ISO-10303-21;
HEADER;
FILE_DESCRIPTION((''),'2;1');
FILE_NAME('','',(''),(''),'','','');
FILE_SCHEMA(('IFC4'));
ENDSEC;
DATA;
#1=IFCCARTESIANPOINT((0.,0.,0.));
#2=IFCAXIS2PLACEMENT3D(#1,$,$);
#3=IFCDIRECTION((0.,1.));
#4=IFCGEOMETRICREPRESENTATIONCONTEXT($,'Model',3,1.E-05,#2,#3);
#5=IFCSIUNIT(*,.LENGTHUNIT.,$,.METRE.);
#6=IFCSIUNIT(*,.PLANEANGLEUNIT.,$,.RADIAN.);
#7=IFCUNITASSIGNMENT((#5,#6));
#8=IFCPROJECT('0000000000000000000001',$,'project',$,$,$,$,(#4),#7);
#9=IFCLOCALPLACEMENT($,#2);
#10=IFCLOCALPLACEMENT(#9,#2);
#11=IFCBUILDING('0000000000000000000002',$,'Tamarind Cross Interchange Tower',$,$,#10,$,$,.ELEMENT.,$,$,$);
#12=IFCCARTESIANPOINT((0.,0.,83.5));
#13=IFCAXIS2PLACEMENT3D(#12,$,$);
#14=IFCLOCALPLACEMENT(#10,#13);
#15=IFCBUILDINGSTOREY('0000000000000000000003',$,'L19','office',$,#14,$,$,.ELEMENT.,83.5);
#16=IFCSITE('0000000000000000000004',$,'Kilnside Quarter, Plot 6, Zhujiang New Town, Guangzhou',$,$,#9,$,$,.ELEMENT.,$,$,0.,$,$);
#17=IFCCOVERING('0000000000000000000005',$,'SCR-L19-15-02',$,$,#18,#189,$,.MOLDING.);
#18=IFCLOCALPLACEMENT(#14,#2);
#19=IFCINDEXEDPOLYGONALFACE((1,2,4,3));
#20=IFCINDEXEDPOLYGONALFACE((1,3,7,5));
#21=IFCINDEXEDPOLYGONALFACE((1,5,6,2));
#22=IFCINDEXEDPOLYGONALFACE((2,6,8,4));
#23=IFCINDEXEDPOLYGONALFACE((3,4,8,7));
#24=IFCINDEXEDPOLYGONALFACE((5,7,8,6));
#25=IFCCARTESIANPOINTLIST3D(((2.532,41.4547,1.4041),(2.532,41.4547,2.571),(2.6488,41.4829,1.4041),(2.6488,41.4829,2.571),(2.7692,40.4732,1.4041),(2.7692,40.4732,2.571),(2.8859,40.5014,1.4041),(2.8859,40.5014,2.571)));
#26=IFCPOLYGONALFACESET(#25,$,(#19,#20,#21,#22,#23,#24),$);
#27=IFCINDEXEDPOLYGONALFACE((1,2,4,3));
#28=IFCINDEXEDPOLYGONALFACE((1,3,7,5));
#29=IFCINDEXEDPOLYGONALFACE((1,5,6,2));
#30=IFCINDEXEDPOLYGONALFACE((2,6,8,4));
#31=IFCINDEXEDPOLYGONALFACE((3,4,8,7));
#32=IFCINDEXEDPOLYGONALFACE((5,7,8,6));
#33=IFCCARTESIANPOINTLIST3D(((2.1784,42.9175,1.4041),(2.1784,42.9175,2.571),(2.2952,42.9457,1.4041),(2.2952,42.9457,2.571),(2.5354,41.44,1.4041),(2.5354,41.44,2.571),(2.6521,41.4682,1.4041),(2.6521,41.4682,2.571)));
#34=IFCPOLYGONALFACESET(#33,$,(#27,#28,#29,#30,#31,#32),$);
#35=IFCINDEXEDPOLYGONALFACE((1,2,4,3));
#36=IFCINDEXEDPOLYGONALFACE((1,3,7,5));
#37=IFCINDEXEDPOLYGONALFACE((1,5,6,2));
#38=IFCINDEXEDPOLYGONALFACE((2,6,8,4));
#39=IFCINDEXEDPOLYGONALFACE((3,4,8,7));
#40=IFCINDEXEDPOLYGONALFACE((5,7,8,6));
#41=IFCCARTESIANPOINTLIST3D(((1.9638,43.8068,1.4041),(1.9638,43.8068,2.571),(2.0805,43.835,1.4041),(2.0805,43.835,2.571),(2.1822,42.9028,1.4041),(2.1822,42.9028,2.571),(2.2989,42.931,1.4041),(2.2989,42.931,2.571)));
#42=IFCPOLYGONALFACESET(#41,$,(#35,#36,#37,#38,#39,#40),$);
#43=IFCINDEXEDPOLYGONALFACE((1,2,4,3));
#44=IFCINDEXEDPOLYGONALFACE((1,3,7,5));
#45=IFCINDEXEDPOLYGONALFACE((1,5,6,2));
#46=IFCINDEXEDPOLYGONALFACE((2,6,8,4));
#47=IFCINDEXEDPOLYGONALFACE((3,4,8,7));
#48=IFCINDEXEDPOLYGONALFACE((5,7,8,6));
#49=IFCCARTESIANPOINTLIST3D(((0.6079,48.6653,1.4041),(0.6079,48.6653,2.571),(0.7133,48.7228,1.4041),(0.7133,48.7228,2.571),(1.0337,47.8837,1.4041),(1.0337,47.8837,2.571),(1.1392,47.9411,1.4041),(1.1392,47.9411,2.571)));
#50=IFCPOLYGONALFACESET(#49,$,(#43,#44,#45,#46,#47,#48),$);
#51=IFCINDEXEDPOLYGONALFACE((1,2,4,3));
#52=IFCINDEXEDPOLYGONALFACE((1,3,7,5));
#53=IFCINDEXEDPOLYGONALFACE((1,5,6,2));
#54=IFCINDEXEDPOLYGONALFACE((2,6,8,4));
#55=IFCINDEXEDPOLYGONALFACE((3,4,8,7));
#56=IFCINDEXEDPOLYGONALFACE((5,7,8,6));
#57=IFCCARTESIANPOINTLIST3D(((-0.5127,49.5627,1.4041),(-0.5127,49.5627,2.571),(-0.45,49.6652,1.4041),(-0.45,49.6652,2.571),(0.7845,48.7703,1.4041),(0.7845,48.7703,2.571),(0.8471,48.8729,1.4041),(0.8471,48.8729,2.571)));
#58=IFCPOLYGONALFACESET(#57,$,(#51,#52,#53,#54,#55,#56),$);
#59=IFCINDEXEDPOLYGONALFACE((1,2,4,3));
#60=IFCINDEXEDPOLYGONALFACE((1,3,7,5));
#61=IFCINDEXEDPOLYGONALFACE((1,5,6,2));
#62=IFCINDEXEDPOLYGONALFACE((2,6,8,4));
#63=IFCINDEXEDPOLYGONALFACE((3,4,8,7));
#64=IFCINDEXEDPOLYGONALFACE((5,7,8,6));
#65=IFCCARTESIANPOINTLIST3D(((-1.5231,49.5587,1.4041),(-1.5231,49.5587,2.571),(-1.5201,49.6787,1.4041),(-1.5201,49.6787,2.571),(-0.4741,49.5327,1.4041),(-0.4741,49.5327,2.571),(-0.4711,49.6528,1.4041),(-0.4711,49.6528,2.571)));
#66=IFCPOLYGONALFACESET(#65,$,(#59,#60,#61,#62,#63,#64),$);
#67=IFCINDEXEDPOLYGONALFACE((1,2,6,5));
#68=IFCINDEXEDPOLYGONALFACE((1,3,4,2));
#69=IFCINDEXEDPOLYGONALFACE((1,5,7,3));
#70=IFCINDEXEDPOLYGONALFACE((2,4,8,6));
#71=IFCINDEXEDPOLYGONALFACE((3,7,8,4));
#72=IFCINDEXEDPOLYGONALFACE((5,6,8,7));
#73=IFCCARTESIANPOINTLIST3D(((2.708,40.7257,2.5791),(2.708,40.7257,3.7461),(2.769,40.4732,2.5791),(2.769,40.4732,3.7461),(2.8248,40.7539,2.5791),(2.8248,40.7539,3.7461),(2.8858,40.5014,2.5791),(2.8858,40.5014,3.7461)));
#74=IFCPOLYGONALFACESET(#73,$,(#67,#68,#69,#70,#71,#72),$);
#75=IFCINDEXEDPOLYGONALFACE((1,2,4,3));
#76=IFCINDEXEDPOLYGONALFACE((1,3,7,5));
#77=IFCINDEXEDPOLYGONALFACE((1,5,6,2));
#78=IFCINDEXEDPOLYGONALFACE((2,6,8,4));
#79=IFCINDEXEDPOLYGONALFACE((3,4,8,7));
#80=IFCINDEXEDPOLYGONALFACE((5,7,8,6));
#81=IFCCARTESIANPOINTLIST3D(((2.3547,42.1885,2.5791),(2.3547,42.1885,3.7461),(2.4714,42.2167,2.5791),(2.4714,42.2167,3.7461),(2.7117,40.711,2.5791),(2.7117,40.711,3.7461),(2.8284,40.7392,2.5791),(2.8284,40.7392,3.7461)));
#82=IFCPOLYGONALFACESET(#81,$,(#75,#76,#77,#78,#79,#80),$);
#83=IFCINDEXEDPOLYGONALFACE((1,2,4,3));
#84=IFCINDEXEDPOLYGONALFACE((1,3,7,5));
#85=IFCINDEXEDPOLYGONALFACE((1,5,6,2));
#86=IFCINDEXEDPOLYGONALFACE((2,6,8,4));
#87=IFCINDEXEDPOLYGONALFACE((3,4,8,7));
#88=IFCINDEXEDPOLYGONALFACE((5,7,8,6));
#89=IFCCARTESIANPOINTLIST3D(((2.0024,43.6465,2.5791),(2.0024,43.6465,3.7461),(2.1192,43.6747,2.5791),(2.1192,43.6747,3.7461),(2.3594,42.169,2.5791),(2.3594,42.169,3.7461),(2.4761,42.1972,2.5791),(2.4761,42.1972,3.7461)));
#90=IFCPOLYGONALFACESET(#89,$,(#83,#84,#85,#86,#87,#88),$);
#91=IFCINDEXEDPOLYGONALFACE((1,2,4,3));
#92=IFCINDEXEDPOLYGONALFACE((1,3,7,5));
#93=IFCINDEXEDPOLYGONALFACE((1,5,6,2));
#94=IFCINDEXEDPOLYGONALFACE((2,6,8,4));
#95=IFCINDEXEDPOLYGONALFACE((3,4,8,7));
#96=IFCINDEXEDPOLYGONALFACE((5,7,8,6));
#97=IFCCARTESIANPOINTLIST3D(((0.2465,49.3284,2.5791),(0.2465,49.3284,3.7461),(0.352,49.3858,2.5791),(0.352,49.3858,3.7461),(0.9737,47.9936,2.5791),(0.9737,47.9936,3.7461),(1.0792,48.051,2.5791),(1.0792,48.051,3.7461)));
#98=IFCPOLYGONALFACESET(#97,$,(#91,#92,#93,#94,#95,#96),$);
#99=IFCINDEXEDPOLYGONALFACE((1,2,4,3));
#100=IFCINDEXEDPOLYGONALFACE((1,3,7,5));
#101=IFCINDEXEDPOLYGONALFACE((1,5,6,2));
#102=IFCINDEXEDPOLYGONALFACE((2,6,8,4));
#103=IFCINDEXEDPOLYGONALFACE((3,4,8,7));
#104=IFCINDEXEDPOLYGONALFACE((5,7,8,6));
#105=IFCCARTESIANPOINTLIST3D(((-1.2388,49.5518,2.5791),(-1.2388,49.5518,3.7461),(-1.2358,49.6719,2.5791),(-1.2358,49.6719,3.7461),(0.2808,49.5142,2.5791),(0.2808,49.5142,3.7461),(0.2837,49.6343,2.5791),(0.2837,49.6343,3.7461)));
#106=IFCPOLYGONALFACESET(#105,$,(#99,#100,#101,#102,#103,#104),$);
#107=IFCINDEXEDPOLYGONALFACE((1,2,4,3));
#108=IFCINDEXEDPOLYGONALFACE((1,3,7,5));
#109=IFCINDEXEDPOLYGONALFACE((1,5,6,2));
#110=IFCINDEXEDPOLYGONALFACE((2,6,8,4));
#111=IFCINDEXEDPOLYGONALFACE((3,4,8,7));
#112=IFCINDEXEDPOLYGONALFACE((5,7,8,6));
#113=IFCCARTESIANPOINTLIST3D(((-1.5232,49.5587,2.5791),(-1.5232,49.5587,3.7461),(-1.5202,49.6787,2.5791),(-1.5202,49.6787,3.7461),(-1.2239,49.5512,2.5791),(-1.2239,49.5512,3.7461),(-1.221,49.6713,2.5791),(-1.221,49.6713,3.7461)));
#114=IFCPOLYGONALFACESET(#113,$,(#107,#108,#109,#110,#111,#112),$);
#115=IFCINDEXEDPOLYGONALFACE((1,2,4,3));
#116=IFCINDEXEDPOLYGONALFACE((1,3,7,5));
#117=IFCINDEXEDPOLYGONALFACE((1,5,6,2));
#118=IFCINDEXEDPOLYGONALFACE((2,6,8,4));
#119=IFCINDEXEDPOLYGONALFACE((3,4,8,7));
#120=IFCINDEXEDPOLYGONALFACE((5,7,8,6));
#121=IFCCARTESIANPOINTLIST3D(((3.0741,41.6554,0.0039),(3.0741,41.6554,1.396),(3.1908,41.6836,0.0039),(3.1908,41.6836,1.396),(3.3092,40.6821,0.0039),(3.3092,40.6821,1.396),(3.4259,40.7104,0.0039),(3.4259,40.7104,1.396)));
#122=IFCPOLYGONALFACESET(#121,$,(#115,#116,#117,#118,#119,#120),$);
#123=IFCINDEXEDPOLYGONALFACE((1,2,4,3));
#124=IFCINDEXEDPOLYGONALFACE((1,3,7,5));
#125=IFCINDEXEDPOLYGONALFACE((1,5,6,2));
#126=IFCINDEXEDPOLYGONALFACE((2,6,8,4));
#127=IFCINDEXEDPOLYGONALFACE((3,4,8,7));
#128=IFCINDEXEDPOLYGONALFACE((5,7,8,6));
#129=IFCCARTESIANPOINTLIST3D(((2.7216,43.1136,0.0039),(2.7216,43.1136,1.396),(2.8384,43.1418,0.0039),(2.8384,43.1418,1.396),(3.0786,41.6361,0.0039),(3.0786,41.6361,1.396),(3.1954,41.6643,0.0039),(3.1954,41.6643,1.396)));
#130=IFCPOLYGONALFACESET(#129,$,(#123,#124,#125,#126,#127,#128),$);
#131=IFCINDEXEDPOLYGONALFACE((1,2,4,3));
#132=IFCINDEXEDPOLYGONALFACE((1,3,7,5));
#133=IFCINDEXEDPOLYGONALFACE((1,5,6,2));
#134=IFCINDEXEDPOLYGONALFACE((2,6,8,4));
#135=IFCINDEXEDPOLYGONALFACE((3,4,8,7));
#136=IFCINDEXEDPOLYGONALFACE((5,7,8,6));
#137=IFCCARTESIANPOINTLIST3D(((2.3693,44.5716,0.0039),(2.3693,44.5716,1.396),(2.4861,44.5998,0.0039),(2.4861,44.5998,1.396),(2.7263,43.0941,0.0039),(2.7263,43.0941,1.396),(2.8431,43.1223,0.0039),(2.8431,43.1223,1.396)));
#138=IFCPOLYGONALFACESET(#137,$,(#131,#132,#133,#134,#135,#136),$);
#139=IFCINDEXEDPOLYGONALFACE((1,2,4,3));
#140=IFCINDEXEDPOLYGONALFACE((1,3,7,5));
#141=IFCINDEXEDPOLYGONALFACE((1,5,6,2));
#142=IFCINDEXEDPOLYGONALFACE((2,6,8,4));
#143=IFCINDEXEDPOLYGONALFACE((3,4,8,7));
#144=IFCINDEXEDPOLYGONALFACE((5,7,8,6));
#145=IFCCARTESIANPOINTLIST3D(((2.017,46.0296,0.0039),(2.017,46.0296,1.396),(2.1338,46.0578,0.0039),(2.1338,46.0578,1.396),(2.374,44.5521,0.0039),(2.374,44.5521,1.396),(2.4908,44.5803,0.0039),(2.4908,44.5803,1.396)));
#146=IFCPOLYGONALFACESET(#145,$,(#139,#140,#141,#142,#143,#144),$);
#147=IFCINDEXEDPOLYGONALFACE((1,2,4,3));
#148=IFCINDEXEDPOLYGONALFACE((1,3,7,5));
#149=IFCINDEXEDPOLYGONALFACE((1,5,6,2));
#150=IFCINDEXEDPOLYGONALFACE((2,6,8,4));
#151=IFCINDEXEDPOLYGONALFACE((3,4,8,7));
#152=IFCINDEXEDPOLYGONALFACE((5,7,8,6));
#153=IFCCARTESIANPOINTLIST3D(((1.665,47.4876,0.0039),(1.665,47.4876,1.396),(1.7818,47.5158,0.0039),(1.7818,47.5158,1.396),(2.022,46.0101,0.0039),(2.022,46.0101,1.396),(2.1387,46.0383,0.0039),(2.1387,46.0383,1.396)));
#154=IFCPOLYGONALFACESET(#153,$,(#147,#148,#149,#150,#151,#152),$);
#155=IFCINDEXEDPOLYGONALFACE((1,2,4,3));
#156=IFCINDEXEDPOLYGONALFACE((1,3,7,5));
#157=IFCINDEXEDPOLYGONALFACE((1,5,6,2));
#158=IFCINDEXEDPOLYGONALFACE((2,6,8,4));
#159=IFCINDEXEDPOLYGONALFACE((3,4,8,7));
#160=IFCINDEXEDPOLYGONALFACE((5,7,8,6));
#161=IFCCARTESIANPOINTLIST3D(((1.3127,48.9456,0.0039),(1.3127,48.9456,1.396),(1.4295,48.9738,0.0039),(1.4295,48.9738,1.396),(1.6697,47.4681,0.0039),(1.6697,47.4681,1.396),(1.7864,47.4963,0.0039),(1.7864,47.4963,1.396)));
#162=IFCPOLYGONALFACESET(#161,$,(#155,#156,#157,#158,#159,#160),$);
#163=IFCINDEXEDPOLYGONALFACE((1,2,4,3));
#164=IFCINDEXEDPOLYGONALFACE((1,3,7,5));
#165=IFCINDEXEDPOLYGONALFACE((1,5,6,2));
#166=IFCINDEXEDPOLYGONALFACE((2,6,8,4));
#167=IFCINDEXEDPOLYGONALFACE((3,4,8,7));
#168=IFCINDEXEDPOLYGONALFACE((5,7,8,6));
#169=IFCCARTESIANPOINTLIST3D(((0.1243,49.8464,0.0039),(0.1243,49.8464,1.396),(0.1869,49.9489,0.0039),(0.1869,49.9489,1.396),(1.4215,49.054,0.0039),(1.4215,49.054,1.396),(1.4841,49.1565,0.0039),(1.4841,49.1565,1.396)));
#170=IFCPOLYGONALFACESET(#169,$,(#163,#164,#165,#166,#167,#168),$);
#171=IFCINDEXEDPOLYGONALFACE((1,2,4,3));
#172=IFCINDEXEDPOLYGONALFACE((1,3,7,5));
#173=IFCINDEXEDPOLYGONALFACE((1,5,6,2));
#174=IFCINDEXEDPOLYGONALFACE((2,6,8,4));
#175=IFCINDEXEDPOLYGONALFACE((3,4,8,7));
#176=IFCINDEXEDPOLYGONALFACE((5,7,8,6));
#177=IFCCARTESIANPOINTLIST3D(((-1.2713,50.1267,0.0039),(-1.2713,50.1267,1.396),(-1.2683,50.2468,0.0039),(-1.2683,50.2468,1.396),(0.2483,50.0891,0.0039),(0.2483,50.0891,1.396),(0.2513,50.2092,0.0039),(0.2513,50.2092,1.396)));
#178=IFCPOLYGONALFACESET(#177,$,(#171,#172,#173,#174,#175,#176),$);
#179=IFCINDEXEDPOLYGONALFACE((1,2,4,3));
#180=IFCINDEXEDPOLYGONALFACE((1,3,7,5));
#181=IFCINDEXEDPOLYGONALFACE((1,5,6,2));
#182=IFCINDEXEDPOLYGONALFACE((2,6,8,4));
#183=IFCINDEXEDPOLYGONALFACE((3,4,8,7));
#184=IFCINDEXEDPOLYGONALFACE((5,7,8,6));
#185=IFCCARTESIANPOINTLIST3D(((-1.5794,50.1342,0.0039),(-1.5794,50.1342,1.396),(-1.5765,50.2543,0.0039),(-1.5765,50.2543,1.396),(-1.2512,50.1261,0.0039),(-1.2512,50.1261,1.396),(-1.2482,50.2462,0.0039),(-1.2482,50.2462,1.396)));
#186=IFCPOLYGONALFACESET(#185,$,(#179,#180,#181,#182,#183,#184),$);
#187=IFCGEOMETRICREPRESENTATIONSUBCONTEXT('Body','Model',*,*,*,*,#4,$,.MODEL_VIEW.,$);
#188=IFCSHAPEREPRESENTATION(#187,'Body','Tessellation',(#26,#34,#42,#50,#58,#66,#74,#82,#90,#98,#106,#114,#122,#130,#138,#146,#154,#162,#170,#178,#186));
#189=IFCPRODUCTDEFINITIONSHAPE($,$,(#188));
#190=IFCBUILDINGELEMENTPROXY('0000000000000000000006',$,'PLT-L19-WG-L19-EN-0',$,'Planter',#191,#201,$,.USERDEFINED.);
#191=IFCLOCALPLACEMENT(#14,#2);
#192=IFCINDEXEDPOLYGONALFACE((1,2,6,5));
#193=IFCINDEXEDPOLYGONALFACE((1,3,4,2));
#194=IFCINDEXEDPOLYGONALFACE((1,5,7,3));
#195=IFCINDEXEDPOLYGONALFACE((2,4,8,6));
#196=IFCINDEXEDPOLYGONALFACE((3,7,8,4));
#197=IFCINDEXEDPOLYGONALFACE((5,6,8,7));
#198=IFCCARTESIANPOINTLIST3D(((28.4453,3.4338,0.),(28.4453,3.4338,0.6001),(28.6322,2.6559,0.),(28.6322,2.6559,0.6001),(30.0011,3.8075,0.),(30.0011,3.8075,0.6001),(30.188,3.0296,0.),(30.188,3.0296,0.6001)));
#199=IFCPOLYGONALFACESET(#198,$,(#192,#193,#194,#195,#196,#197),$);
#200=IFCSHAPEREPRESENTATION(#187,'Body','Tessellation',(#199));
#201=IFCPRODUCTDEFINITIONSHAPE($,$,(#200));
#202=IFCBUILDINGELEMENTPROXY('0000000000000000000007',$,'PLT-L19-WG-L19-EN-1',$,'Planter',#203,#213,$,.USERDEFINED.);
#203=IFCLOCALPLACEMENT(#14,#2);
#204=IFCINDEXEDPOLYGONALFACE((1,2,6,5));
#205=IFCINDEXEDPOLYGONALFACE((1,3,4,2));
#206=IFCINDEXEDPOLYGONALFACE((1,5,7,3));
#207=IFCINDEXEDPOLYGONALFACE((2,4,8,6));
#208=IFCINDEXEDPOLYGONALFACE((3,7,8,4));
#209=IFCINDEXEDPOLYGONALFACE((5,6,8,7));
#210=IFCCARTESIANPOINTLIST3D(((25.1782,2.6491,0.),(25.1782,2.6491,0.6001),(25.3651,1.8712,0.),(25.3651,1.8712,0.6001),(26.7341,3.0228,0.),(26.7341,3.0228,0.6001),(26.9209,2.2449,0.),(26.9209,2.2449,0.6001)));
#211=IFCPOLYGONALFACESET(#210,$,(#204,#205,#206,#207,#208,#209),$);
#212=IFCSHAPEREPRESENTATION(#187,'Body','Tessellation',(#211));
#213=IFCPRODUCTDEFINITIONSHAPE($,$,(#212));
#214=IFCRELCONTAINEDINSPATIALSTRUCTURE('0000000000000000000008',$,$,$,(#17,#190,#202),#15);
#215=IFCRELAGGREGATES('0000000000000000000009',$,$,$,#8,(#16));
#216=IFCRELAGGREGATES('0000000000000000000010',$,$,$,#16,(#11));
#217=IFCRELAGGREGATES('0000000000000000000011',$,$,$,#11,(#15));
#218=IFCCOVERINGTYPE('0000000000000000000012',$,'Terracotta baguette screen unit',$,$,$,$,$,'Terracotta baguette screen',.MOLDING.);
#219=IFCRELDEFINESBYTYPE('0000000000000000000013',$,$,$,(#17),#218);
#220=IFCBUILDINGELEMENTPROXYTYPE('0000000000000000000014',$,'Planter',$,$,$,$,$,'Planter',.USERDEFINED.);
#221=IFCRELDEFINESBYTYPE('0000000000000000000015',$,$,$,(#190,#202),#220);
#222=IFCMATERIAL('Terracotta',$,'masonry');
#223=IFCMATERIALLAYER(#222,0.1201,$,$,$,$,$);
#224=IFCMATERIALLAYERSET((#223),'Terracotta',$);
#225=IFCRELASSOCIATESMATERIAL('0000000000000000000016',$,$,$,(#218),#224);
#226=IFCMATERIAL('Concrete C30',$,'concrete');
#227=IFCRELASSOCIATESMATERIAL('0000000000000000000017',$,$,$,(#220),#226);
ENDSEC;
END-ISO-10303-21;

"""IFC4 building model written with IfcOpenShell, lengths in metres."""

from ifc_helpers import new_model, si_unit, direction, frame, origin, origin_2d, place, context, subcontext, project, spatial, rectangle, extrude, material, layer, layer_set, type_object, element, save


model = new_model("IFC4")

# Units and contexts
model_context = context("Model", 3, precision=1e-05, world=origin(), true_north=direction((0.0, 1.0)))
body_context = subcontext(model_context, "Body", "Model", "MODEL_VIEW")
ifc_project = project(units=[si_unit("LENGTHUNIT", "METRE"), si_unit("PLANEANGLEUNIT", "RADIAN")], contexts=[model_context])

# Site, building, storey
site_placement = place(None, origin())
site = spatial("IfcSite", under=ifc_project, at=site_placement, Name="Kilnside Quarter, Plot 6, Zhujiang New Town, Guangzhou", CompositionType="ELEMENT", RefElevation=0.0)
building_placement = place(site_placement, origin())
building = spatial("IfcBuilding", under=site, at=building_placement, Name="Tamarind Cross Interchange Tower", CompositionType="ELEMENT")
storey_placement = place(building_placement, frame((0.0, 0.0, 83.5)))
storey = spatial("IfcBuildingStorey", under=building, at=storey_placement, Name="L19", Description="office", CompositionType="ELEMENT", Elevation=83.5)

# Covering
ifc_material_1 = material(Name="Terracotta", Category="masonry")
ifc_layer_1 = layer(ifc_material_1, 0.1201)
ifc_layer_set_1 = layer_set([ifc_layer_1], Name="Terracotta")
covering_type = type_object("IfcCoveringType", Name="Terracotta baguette screen unit", ElementType="Terracotta baguette screen", PredefinedType="MOLDING", material=ifc_layer_set_1)
covering_1_placement = place(storey_placement, origin())
element("IfcCovering", 1, at=covering_1_placement, inside=storey, type_object=covering_type, Name="SCR-L19-15-02", PredefinedType="MOLDING", context=body_context, shape_type="SweptSolid", body=[
    extrude(rectangle(XDim=1.0098, YDim=0.1201, at=origin_2d()), frame((2.709, 40.978, 1.4041), z_axis=(0.0, 0.0, 1.0), x_axis=(-0.234844, 0.972033, 0.0)), (0.0, 0.0, 1.0), 1.167),
    extrude(rectangle(XDim=1.52, YDim=0.1201, at=origin_2d()), frame((2.4153, 42.1929, 1.4041), z_axis=(0.0, 0.0, 1.0), x_axis=(-0.234844, 0.972033, 0.0)), (0.0, 0.0, 1.0), 1.167),
    extrude(rectangle(XDim=0.9299, YDim=0.1201, at=origin_2d()), frame((2.1313, 43.3689, 1.4041), z_axis=(0.0, 0.0, 1.0), x_axis=(-0.234844, 0.972033, 0.0)), (0.0, 0.0, 1.0), 1.167),
    extrude(rectangle(XDim=0.8901, YDim=0.1201, at=origin_2d()), frame((0.8735, 48.3032, 1.4041), z_axis=(0.0, 0.0, 1.0), x_axis=(-0.478422, 0.87813, 0.0)), (0.0, 0.0, 1.0), 1.167),
    extrude(rectangle(XDim=1.52, YDim=0.1201, at=origin_2d()), frame((0.1672, 49.2178, 1.4041), z_axis=(0.0, 0.0, 1.0), x_axis=(-0.853391, 0.521272, 0.0)), (0.0, 0.0, 1.0), 1.167),
    extrude(rectangle(XDim=1.0493, YDim=0.1201, at=origin_2d()), frame((-0.9971, 49.6057, 1.4041), z_axis=(0.0, 0.0, 1.0), x_axis=(-0.999694, 0.024739, 0.0)), (0.0, 0.0, 1.0), 1.167),
    extrude(rectangle(XDim=0.2598, YDim=0.1201, at=origin_2d()), frame((2.7969, 40.6135, 2.5791), z_axis=(0.0, 0.0, 1.0), x_axis=(-0.234844, 0.972033, 0.0)), (0.0, 0.0, 1.0), 1.167),
    extrude(rectangle(XDim=1.52, YDim=0.1201, at=origin_2d()), frame((2.5916, 41.4639, 2.5791), z_axis=(0.0, 0.0, 1.0), x_axis=(-0.234844, 0.972033, 0.0)), (0.0, 0.0, 1.0), 1.167),
    extrude(rectangle(XDim=1.52, YDim=0.1201, at=origin_2d()), frame((2.2393, 42.9219, 2.5791), z_axis=(0.0, 0.0, 1.0), x_axis=(-0.234844, 0.972033, 0.0)), (0.0, 0.0, 1.0), 1.167),
    extrude(rectangle(XDim=1.52, YDim=0.1201, at=origin_2d()), frame((0.6628, 48.6897, 2.5791), z_axis=(0.0, 0.0, 1.0), x_axis=(-0.478422, 0.87813, 0.0)), (0.0, 0.0, 1.0), 1.167),
    extrude(rectangle(XDim=1.52, YDim=0.1201, at=origin_2d()), frame((-0.4775, 49.593, 2.5791), z_axis=(0.0, 0.0, 1.0), x_axis=(-0.999694, 0.024739, 0.0)), (0.0, 0.0, 1.0), 1.167),
    extrude(rectangle(XDim=0.2993, YDim=0.1201, at=origin_2d()), frame((-1.3721, 49.615, 2.5791), z_axis=(0.0, 0.0, 1.0), x_axis=(-0.999694, 0.024739, 0.0)), (0.0, 0.0, 1.0), 1.167),
    extrude(rectangle(XDim=1.0012, YDim=0.1201, at=origin_2d()), frame((3.25, 41.1829, 0.0039), z_axis=(0.0, 0.0, 1.0), x_axis=(-0.234844, 0.972033, 0.0)), (0.0, 0.0, 1.0), 1.3921),
    extrude(rectangle(XDim=1.52, YDim=0.1201, at=origin_2d()), frame((2.9585, 42.3889, 0.0039), z_axis=(0.0, 0.0, 1.0), x_axis=(-0.234844, 0.972033, 0.0)), (0.0, 0.0, 1.0), 1.3921),
    extrude(rectangle(XDim=1.52, YDim=0.1201, at=origin_2d()), frame((2.6062, 43.8469, 0.0039), z_axis=(0.0, 0.0, 1.0), x_axis=(-0.234844, 0.972033, 0.0)), (0.0, 0.0, 1.0), 1.3921),
    extrude(rectangle(XDim=1.52, YDim=0.1201, at=origin_2d()), frame((2.2539, 45.3049, 0.0039), z_axis=(0.0, 0.0, 1.0), x_axis=(-0.234844, 0.972033, 0.0)), (0.0, 0.0, 1.0), 1.3921),
    extrude(rectangle(XDim=1.52, YDim=0.1201, at=origin_2d()), frame((1.9019, 46.7629, 0.0039), z_axis=(0.0, 0.0, 1.0), x_axis=(-0.234844, 0.972033, 0.0)), (0.0, 0.0, 1.0), 1.3921),
    extrude(rectangle(XDim=1.52, YDim=0.1201, at=origin_2d()), frame((1.5496, 48.2209, 0.0039), z_axis=(0.0, 0.0, 1.0), x_axis=(-0.234844, 0.972033, 0.0)), (0.0, 0.0, 1.0), 1.3921),
    extrude(rectangle(XDim=1.52, YDim=0.1201, at=origin_2d()), frame((0.8042, 49.5015, 0.0039), z_axis=(0.0, 0.0, 1.0), x_axis=(-0.853391, 0.521272, 0.0)), (0.0, 0.0, 1.0), 1.3921),
    extrude(rectangle(XDim=1.52, YDim=0.1201, at=origin_2d()), frame((-0.51, 50.168, 0.0039), z_axis=(0.0, 0.0, 1.0), x_axis=(-0.999694, 0.024739, 0.0)), (0.0, 0.0, 1.0), 1.3921),
    extrude(rectangle(XDim=0.3284, YDim=0.1201, at=origin_2d()), frame((-1.4138, 50.1902, 0.0039), z_axis=(0.0, 0.0, 1.0), x_axis=(-0.999694, 0.024739, 0.0)), (0.0, 0.0, 1.0), 1.3921),
])

# Building element proxies
ifc_material_2 = material(Name="Concrete C30", Category="concrete")
building_element_proxy_type = type_object("IfcBuildingElementProxyType", Name="Planter", ElementType="Planter", PredefinedType="USERDEFINED", material=ifc_material_2)
proxy_1_placement = place(storey_placement, origin())
element("IfcBuildingElementProxy", 2, at=proxy_1_placement, inside=storey, type_object=building_element_proxy_type, Name="PLT-L19-WG-L19-EN-0", ObjectType="Planter", PredefinedType="USERDEFINED", context=body_context, shape_type="SweptSolid", body=[
    extrude(rectangle(XDim=1.6001, YDim=0.8, at=origin_2d()), frame((29.3167, 3.2317, 0.0), z_axis=(0.0, 0.0, 1.0), x_axis=(-0.972345, -0.233547, 0.0)), (0.0, 0.0, 1.0), 0.6001),
])
proxy_2_placement = place(storey_placement, origin())
element("IfcBuildingElementProxy", 3, at=proxy_2_placement, inside=storey, type_object=building_element_proxy_type, Name="PLT-L19-WG-L19-EN-1", ObjectType="Planter", PredefinedType="USERDEFINED", context=body_context, shape_type="SweptSolid", body=[
    extrude(rectangle(XDim=1.6001, YDim=0.8, at=origin_2d()), frame((26.0496, 2.447, 0.0), z_axis=(0.0, 0.0, 1.0), x_axis=(-0.972345, -0.233547, 0.0)), (0.0, 0.0, 1.0), 0.6001),
])

save(model, "model.ifc")
